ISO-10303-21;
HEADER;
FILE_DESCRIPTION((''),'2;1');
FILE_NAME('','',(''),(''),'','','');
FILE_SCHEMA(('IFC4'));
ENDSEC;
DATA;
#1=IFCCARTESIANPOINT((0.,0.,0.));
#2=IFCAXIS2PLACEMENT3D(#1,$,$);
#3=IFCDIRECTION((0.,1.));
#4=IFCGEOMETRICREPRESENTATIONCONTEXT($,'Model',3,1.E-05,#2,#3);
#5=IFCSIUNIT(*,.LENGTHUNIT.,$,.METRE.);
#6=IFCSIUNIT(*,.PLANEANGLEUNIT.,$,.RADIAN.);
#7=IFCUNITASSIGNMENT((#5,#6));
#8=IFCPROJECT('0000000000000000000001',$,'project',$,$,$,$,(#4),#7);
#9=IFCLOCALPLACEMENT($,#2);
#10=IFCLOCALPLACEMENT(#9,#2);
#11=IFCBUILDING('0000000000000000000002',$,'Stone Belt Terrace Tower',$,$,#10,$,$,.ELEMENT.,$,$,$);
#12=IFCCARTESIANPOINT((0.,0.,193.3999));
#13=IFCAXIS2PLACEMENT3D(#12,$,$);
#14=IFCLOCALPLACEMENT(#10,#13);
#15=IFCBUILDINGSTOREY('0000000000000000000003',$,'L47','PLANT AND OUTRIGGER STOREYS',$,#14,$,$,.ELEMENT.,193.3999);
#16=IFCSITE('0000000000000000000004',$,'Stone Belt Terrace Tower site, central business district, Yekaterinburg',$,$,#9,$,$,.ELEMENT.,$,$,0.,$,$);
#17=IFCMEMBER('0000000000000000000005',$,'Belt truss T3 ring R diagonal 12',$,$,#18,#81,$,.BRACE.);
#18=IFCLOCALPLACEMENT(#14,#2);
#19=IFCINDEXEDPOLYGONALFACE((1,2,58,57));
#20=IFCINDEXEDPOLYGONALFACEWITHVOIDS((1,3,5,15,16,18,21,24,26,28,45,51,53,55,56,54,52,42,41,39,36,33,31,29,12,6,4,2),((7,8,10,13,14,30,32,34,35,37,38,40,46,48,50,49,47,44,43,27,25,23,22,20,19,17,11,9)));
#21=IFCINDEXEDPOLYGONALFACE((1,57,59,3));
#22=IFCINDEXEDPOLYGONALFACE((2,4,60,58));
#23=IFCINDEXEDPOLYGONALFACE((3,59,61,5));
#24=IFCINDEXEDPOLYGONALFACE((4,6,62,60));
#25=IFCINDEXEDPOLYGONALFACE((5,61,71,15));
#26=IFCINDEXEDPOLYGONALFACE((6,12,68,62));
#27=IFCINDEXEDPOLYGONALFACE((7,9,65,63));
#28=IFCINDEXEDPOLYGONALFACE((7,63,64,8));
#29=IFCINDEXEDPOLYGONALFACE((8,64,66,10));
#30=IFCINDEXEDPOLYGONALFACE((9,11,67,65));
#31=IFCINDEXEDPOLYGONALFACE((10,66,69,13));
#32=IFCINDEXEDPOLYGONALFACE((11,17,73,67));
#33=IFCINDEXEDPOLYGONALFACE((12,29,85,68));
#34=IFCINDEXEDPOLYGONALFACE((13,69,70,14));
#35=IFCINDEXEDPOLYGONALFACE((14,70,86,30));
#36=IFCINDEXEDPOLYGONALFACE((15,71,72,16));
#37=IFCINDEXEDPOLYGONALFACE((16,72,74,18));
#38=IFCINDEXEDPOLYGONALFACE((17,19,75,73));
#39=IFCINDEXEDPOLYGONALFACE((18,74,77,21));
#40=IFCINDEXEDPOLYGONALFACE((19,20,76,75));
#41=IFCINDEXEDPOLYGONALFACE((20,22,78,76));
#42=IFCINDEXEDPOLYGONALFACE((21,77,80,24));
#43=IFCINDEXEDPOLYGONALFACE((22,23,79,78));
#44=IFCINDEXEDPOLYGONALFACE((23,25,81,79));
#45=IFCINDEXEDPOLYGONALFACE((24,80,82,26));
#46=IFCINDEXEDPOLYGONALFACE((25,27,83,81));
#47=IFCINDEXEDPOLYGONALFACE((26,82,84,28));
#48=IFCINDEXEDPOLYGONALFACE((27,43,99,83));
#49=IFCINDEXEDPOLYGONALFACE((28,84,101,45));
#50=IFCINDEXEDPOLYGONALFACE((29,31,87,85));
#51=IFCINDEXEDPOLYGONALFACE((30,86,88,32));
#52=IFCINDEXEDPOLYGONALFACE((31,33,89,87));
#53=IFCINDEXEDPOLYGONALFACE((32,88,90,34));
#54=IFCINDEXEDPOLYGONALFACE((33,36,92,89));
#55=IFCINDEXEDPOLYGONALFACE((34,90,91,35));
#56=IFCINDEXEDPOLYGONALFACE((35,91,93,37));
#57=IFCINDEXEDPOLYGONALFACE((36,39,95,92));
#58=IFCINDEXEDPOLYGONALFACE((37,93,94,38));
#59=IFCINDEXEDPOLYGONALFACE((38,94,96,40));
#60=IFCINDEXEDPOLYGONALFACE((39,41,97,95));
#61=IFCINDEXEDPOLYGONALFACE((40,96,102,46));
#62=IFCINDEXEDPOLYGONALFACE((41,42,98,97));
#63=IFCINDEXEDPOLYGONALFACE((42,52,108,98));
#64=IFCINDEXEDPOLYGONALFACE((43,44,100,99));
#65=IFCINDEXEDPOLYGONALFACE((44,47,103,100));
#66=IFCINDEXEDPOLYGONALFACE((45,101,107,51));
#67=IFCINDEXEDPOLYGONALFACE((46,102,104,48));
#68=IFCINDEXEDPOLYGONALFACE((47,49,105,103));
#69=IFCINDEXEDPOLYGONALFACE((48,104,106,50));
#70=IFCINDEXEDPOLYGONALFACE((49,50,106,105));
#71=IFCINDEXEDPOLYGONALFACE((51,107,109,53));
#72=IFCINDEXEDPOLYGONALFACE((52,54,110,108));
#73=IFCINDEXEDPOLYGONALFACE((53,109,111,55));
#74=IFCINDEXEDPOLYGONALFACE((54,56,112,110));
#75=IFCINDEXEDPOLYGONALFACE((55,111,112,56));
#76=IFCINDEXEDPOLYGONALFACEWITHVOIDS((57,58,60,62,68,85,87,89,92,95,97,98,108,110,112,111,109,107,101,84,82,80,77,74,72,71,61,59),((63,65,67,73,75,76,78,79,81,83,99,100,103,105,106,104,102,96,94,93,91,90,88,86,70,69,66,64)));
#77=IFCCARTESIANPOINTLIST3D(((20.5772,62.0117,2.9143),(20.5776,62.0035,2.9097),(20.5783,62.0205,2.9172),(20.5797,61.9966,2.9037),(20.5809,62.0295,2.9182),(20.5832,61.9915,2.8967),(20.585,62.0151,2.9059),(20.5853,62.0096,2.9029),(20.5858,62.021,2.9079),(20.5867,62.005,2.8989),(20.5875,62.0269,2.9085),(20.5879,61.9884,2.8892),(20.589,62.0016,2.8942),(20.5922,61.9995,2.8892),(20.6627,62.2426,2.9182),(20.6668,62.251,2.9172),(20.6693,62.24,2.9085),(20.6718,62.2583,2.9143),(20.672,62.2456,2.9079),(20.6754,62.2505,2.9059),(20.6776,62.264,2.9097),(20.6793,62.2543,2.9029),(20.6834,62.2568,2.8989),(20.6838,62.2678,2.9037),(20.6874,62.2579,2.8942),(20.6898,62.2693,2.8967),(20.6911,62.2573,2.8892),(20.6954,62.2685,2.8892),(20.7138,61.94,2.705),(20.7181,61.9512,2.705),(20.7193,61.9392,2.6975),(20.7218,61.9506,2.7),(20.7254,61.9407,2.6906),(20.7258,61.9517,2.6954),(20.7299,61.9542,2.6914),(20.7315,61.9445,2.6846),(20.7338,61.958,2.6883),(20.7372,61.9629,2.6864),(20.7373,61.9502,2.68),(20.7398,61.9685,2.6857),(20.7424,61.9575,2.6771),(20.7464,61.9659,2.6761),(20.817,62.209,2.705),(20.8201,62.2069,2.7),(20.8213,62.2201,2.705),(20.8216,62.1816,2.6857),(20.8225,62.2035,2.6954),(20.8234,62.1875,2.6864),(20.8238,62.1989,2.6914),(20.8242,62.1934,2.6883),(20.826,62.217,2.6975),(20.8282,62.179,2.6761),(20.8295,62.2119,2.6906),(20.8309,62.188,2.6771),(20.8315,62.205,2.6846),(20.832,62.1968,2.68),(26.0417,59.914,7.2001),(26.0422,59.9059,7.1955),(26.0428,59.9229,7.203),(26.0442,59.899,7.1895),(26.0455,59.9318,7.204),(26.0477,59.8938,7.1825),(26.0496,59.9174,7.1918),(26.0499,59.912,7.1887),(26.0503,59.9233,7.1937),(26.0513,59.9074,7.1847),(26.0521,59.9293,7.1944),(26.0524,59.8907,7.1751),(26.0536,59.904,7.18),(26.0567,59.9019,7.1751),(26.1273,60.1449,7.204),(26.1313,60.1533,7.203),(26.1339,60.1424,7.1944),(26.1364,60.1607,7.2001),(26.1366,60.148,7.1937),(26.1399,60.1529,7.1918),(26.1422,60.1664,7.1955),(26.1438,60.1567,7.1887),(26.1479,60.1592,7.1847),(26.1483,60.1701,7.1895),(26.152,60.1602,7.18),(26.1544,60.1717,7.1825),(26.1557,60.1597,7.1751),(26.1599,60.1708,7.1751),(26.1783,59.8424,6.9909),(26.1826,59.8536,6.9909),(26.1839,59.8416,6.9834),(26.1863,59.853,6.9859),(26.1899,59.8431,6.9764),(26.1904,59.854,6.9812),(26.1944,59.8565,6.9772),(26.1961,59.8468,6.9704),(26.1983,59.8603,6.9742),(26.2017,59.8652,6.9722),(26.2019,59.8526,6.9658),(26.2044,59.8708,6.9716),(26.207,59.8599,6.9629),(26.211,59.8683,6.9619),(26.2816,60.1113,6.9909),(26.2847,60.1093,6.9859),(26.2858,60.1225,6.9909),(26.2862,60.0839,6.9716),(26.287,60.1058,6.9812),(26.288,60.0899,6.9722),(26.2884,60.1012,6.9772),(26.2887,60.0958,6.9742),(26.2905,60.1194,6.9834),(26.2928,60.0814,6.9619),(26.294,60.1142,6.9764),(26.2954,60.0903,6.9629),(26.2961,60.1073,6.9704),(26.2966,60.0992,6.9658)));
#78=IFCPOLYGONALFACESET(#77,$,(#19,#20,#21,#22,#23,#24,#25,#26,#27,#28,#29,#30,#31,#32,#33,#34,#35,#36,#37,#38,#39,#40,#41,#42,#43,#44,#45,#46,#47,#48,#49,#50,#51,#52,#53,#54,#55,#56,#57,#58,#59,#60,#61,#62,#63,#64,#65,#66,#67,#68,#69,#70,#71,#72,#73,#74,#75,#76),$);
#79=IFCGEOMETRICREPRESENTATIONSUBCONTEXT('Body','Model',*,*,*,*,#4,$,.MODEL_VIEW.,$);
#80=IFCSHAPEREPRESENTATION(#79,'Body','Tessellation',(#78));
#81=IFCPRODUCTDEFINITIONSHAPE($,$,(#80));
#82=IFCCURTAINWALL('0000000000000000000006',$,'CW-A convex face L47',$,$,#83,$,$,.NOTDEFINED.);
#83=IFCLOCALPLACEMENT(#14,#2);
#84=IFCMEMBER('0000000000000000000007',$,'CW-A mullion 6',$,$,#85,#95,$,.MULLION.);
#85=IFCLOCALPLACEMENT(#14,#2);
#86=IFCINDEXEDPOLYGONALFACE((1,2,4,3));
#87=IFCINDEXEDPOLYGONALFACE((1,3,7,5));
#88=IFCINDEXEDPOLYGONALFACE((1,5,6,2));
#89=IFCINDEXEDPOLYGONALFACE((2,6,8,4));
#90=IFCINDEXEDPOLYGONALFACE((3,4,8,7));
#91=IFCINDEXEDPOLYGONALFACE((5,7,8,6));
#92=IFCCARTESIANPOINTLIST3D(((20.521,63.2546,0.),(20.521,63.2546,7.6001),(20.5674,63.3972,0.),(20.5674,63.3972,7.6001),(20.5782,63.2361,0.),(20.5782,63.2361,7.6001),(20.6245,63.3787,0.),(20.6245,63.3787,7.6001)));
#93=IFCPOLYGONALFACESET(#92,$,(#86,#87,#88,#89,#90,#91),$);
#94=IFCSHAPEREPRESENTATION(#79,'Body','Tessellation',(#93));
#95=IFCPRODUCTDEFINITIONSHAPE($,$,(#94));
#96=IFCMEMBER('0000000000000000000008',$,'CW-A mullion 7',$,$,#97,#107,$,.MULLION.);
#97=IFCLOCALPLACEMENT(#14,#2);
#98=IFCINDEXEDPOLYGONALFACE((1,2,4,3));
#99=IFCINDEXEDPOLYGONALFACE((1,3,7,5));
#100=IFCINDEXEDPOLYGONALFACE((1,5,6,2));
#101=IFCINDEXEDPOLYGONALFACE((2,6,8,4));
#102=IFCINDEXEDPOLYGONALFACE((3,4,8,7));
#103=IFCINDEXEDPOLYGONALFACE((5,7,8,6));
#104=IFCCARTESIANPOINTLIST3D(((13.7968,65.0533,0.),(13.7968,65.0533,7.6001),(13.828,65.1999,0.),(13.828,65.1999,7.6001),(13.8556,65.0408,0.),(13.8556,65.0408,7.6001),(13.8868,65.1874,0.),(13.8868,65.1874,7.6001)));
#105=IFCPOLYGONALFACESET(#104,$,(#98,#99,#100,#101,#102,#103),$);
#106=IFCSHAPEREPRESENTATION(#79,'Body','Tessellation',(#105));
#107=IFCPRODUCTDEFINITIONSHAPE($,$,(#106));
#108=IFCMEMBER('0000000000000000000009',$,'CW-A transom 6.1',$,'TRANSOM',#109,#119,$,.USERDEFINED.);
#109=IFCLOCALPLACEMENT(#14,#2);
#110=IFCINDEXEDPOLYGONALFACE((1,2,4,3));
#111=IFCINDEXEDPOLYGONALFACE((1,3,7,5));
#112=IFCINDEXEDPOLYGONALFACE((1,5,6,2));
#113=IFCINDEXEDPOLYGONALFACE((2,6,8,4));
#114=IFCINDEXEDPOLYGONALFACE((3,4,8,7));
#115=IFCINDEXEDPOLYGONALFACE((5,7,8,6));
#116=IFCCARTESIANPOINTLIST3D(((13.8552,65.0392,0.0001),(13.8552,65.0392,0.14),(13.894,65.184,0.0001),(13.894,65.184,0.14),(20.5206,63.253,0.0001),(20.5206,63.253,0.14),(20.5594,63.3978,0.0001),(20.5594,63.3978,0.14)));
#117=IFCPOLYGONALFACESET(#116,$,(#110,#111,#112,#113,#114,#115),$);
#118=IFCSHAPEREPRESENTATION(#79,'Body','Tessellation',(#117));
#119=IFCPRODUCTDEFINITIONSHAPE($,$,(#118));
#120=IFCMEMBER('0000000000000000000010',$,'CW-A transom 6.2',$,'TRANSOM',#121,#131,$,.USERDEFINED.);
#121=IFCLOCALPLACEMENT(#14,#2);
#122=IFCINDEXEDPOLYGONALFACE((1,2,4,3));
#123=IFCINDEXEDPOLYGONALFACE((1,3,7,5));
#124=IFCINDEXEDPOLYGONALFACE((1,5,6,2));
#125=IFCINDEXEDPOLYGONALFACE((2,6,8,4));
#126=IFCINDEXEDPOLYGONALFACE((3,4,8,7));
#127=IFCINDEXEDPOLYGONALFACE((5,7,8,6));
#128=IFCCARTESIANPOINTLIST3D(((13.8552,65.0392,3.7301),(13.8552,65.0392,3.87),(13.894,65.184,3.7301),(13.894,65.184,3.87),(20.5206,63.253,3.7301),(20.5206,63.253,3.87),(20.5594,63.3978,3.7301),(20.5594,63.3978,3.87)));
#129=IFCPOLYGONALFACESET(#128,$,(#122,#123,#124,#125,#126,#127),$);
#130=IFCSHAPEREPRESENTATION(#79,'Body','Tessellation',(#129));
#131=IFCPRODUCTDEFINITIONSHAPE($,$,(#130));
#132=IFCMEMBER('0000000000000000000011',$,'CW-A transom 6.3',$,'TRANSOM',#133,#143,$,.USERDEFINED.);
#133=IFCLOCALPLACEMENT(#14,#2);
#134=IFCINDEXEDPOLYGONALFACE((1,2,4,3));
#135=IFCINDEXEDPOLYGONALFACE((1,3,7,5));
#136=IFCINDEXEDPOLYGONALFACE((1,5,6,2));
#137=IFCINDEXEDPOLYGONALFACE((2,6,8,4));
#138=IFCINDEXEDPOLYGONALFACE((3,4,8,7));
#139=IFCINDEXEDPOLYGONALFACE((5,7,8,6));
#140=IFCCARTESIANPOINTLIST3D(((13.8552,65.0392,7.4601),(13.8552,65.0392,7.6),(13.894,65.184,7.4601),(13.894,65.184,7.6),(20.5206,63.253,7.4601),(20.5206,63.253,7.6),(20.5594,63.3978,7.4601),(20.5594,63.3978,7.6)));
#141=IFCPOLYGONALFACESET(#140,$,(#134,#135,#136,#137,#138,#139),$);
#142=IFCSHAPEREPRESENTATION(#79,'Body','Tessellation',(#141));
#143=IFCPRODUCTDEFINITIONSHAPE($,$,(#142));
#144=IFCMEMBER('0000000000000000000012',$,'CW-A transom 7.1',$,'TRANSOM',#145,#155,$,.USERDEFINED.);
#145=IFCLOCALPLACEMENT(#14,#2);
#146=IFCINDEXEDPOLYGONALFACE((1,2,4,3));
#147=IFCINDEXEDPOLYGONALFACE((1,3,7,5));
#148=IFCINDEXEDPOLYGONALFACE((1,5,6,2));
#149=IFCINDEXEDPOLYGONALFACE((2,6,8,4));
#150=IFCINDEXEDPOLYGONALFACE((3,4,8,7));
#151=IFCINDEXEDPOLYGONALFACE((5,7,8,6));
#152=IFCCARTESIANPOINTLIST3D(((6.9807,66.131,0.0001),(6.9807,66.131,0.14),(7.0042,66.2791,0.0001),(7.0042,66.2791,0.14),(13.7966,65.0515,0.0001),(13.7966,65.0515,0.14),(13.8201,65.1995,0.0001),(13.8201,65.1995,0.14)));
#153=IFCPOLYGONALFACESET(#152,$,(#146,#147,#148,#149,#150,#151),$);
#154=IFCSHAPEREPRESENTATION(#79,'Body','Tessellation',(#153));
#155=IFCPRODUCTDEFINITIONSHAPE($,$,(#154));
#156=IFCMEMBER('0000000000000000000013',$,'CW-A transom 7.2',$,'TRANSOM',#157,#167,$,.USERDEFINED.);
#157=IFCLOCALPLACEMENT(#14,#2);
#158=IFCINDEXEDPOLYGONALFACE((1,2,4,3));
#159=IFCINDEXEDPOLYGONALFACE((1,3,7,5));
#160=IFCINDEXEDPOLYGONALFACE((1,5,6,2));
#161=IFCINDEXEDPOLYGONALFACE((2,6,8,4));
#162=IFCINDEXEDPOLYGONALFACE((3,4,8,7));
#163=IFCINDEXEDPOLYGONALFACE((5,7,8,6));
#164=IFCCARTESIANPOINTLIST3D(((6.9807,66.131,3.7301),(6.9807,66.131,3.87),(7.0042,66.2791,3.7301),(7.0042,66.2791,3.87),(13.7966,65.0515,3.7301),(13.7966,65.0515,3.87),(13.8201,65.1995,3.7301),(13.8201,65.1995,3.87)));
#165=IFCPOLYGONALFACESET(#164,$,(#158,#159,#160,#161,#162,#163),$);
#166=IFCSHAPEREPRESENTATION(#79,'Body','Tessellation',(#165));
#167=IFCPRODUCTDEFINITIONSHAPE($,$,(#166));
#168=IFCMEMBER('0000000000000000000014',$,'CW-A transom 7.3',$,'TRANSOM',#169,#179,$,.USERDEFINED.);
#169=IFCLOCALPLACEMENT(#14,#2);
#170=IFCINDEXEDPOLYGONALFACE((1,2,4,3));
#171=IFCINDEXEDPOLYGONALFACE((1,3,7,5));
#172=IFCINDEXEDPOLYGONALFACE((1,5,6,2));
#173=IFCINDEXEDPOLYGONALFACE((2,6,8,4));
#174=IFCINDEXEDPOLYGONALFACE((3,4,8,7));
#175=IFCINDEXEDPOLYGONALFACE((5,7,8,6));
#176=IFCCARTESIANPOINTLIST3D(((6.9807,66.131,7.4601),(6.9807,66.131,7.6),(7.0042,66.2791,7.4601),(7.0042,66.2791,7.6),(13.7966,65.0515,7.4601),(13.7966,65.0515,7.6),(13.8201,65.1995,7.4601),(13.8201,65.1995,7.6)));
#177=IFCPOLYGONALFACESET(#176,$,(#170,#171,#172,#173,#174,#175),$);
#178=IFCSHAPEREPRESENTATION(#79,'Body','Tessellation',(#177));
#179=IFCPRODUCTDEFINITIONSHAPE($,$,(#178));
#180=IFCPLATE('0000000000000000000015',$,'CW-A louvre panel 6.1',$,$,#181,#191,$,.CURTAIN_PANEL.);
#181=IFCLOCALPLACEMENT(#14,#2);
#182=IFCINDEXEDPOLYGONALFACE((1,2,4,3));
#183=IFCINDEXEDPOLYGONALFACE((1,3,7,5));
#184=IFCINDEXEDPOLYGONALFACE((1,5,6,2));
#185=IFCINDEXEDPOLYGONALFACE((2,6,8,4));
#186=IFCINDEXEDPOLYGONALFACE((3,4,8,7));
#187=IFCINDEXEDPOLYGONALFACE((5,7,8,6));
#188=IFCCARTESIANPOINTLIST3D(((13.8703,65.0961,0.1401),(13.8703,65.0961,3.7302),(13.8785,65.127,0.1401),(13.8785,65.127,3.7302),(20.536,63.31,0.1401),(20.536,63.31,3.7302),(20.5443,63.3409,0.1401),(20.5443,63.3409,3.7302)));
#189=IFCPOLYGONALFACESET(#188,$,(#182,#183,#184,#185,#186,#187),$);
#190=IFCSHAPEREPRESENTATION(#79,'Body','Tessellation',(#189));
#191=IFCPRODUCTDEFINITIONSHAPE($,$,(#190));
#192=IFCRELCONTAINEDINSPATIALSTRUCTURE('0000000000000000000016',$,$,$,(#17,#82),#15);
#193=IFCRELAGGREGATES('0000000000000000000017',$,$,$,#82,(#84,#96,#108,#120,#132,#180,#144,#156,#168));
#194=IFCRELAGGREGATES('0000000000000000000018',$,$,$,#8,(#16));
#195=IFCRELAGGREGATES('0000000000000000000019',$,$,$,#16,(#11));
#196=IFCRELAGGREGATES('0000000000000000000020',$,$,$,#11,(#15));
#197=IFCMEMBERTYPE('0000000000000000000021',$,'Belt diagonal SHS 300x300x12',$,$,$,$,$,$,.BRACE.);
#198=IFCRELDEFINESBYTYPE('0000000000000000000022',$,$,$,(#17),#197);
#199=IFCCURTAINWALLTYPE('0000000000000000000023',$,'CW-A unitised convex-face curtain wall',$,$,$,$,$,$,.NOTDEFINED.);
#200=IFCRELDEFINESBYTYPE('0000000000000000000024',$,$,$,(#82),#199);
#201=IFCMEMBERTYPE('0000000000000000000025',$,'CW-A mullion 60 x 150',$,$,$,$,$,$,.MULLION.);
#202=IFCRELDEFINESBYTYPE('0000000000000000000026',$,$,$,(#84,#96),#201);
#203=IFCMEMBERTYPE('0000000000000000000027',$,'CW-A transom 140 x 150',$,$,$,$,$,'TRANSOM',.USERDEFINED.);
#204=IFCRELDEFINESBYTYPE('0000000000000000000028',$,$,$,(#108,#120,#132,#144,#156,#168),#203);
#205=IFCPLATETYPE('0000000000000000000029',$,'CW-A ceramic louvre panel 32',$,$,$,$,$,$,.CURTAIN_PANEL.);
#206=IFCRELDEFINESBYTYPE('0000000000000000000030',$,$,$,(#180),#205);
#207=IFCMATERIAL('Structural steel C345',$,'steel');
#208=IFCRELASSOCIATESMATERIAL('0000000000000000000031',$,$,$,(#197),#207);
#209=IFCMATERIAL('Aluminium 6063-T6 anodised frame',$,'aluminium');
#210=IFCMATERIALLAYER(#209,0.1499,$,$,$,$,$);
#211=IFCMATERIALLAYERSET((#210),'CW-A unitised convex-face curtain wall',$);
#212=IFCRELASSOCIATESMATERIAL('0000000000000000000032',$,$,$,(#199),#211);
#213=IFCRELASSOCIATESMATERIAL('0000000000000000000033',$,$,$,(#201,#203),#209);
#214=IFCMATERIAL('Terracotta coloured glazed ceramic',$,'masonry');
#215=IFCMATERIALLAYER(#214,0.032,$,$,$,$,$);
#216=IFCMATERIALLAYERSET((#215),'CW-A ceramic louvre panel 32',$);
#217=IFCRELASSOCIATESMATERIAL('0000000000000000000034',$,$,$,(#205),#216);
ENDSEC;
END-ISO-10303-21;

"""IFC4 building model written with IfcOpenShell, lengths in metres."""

from ifc_helpers import new_model, si_unit, direction, frame, origin, origin_2d, place, context, subcontext, project, spatial, rectangle, hollow_rectangle, extrude, material, layer, layer_set, material_profile, profile_set, type_object, element, aggregate, save


model = new_model("IFC4")

# Units and contexts
model_context = context("Model", 3, precision=1e-05, world=origin(), true_north=direction((0.0, 1.0)))
body_context = subcontext(model_context, "Body", "Model", "MODEL_VIEW")
ifc_project = project(units=[si_unit("LENGTHUNIT", "METRE"), si_unit("PLANEANGLEUNIT", "RADIAN")], contexts=[model_context])

# Site, building, storey
site_placement = place(None, origin())
site = spatial("IfcSite", under=ifc_project, at=site_placement, Name="Stone Belt Terrace Tower site, central business district, Yekaterinburg", CompositionType="ELEMENT", RefElevation=0.0)
building_placement = place(site_placement, origin())
building = spatial("IfcBuilding", under=site, at=building_placement, Name="Stone Belt Terrace Tower", CompositionType="ELEMENT")
storey_placement = place(building_placement, frame((0.0, 0.0, 193.3999)))
storey = spatial("IfcBuildingStorey", under=building, at=storey_placement, Name="L47", Description="PLANT AND OUTRIGGER STOREYS", CompositionType="ELEMENT", Elevation=193.3999)

# Member
ifc_material_1 = material(Name="Structural steel C345", Category="steel")
ifc_material_profile_1 = material_profile(ifc_material_1, hollow_rectangle(XDim=0.3, YDim=0.3, WallThickness=0.012, InnerFilletRadius=0.0239, OuterFilletRadius=0.0359, at=origin_2d()), Name="SHS 300x300x12")
ifc_profile_set_1 = profile_set([ifc_material_profile_1], Name="Structural steel C345")
member_type_1 = type_object("IfcMemberType", Name="Belt diagonal SHS 300x300x12", PredefinedType="BRACE", material=ifc_profile_set_1)
for number, where, z_axis, x_axis, name in (
    (1, (20.7046, 62.1042, 2.7971), (0.753248, -0.289144, 0.590773), (0.358367, 0.933581, 0.0), "Belt truss T3 ring R diagonal 12"),
):
    element("IfcMember", number, at=place(storey_placement, frame(where, z_axis=z_axis, x_axis=x_axis)), inside=storey, type_object=member_type_1, Name=name, PredefinedType="BRACE", context=body_context, shape_type="SweptSolid", body=[
        extrude(hollow_rectangle(XDim=0.3, YDim=0.3, WallThickness=0.012, InnerFilletRadius=0.0239, OuterFilletRadius=0.0359, at=origin_2d()), origin(), (0.0, 0.0, 1.0), 7.2546),
    ])

# Curtain wall, members, plate
ifc_material_2 = material(Name="Aluminium 6063-T6 anodised frame", Category="aluminium")
ifc_layer_1 = layer(ifc_material_2, 0.1499)
ifc_layer_set_1 = layer_set([ifc_layer_1], Name="CW-A unitised convex-face curtain wall")
curtain_wall_type = type_object("IfcCurtainWallType", Name="CW-A unitised convex-face curtain wall", PredefinedType="NOTDEFINED", material=ifc_layer_set_1)
curtain_wall_placement = place(storey_placement, origin())
curtain_wall = element("IfcCurtainWall", 2, at=curtain_wall_placement, inside=storey, type_object=curtain_wall_type, Name="CW-A convex face L47", PredefinedType="NOTDEFINED")
ifc_material_profile_2 = material_profile(ifc_material_2, rectangle(XDim=0.1499, YDim=0.0601, at=origin_2d()), Name="Aluminium 6063-T6 60x150")
ifc_profile_set_2 = profile_set([ifc_material_profile_2], Name="Aluminium 6063-T6 anodised frame")
member_type_2 = type_object("IfcMemberType", Name="CW-A mullion 60 x 150", PredefinedType="MULLION", material=ifc_profile_set_2)
member_1_placement = place(storey_placement, frame((20.5728, 63.3167, 0.0), z_axis=(0.0, 0.0, 1.0), x_axis=(-0.309017, -0.951057, 0.0)))
member_1 = element("IfcMember", 3, at=member_1_placement, type_object=member_type_2, Name="CW-A mullion 6", PredefinedType="MULLION", context=body_context, shape_type="SweptSolid", body=[
    extrude(rectangle(XDim=0.1499, YDim=0.0601, at=origin_2d()), origin(), (0.0, 0.0, 1.0), 7.6001),
])
member_2_placement = place(storey_placement, frame((13.8418, 65.1204, 0.0), z_axis=(0.0, 0.0, 1.0), x_axis=(-0.207912, -0.978148, 0.0)))
member_2 = element("IfcMember", 4, at=member_2_placement, type_object=member_type_2, Name="CW-A mullion 7", PredefinedType="MULLION", context=body_context, shape_type="SweptSolid", body=[
    extrude(rectangle(XDim=0.1499, YDim=0.0601, at=origin_2d()), origin(), (0.0, 0.0, 1.0), 7.6001),
])
ifc_material_profile_3 = material_profile(ifc_material_2, rectangle(XDim=0.1499, YDim=0.1399, at=origin_2d()), Name="Aluminium 6063-T6 150x140")
ifc_profile_set_3 = profile_set([ifc_material_profile_3], Name="Aluminium 6063-T6 anodised frame")
member_type_3 = type_object("IfcMemberType", Name="CW-A transom 140 x 150", ElementType="TRANSOM", PredefinedType="USERDEFINED", material=ifc_profile_set_3)
member_3_placement = place(storey_placement, frame((20.54, 63.3254, 0.0701), z_axis=(-0.965922, 0.258834, 0.0), x_axis=(-0.258834, -0.965922, 0.0)))
member_3 = element("IfcMember", 5, at=member_3_placement, type_object=member_type_3, Name="CW-A transom 6.1", ObjectType="TRANSOM", PredefinedType="USERDEFINED", context=body_context, shape_type="SweptSolid", body=[
    extrude(rectangle(XDim=0.1499, YDim=0.1399, at=origin_2d()), origin(), (0.0, 0.0, 1.0), 6.9006),
])
member_4_placement = place(storey_placement, frame((20.54, 63.3254, 3.8), z_axis=(-0.965922, 0.258834, 0.0), x_axis=(-0.258834, -0.965922, 0.0)))
member_4 = element("IfcMember", 6, at=member_4_placement, type_object=member_type_3, Name="CW-A transom 6.2", ObjectType="TRANSOM", PredefinedType="USERDEFINED", context=body_context, shape_type="SweptSolid", body=[
    extrude(rectangle(XDim=0.1499, YDim=0.1399, at=origin_2d()), origin(), (0.0, 0.0, 1.0), 6.9006),
])
member_5_placement = place(storey_placement, frame((20.54, 63.3254, 7.53), z_axis=(-0.965922, 0.258834, 0.0), x_axis=(-0.258834, -0.965922, 0.0)))
member_5 = element("IfcMember", 7, at=member_5_placement, type_object=member_type_3, Name="CW-A transom 6.3", ObjectType="TRANSOM", PredefinedType="USERDEFINED", context=body_context, shape_type="SweptSolid", body=[
    extrude(rectangle(XDim=0.1499, YDim=0.1399, at=origin_2d()), origin(), (0.0, 0.0, 1.0), 6.9006),
])
member_6_placement = place(storey_placement, frame((13.8083, 65.1255, 0.0701), z_axis=(-0.987687, 0.156442, 0.0), x_axis=(-0.156442, -0.987687, 0.0)))
member_6 = element("IfcMember", 8, at=member_6_placement, type_object=member_type_3, Name="CW-A transom 7.1", ObjectType="TRANSOM", PredefinedType="USERDEFINED", context=body_context, shape_type="SweptSolid", body=[
    extrude(rectangle(XDim=0.1499, YDim=0.1399, at=origin_2d()), origin(), (0.0, 0.0, 1.0), 6.9009),
])
member_7_placement = place(storey_placement, frame((13.8083, 65.1255, 3.8), z_axis=(-0.987687, 0.156442, 0.0), x_axis=(-0.156442, -0.987687, 0.0)))
member_7 = element("IfcMember", 9, at=member_7_placement, type_object=member_type_3, Name="CW-A transom 7.2", ObjectType="TRANSOM", PredefinedType="USERDEFINED", context=body_context, shape_type="SweptSolid", body=[
    extrude(rectangle(XDim=0.1499, YDim=0.1399, at=origin_2d()), origin(), (0.0, 0.0, 1.0), 6.9009),
])
member_8_placement = place(storey_placement, frame((13.8083, 65.1255, 7.53), z_axis=(-0.987687, 0.156442, 0.0), x_axis=(-0.156442, -0.987687, 0.0)))
member_8 = element("IfcMember", 10, at=member_8_placement, type_object=member_type_3, Name="CW-A transom 7.3", ObjectType="TRANSOM", PredefinedType="USERDEFINED", context=body_context, shape_type="SweptSolid", body=[
    extrude(rectangle(XDim=0.1499, YDim=0.1399, at=origin_2d()), origin(), (0.0, 0.0, 1.0), 6.9009),
])
ifc_material_3 = material(Name="Terracotta coloured glazed ceramic", Category="masonry")
ifc_layer_2 = layer(ifc_material_3, 0.032)
ifc_layer_set_2 = layer_set([ifc_layer_2], Name="CW-A ceramic louvre panel 32")
plate_type = type_object("IfcPlateType", Name="CW-A ceramic louvre panel 32", PredefinedType="CURTAIN_PANEL", material=ifc_layer_set_2)
plate_1_placement = place(storey_placement, frame((17.2073, 64.2185, 0.1401), z_axis=(0.0, 0.0, 1.0), x_axis=(-0.965926, 0.258819, 0.0)))
plate_1 = element("IfcPlate", 11, at=plate_1_placement, type_object=plate_type, Name="CW-A louvre panel 6.1", PredefinedType="CURTAIN_PANEL", context=body_context, shape_type="SweptSolid", body=[
    extrude(rectangle(XDim=6.9009, YDim=0.032, at=origin_2d()), origin(), (0.0, 0.0, 1.0), 3.5901),
])
aggregate(curtain_wall, [member_1, member_2, member_3, member_4, member_5, plate_1, member_6, member_7, member_8])

save(model, "model.ifc")
